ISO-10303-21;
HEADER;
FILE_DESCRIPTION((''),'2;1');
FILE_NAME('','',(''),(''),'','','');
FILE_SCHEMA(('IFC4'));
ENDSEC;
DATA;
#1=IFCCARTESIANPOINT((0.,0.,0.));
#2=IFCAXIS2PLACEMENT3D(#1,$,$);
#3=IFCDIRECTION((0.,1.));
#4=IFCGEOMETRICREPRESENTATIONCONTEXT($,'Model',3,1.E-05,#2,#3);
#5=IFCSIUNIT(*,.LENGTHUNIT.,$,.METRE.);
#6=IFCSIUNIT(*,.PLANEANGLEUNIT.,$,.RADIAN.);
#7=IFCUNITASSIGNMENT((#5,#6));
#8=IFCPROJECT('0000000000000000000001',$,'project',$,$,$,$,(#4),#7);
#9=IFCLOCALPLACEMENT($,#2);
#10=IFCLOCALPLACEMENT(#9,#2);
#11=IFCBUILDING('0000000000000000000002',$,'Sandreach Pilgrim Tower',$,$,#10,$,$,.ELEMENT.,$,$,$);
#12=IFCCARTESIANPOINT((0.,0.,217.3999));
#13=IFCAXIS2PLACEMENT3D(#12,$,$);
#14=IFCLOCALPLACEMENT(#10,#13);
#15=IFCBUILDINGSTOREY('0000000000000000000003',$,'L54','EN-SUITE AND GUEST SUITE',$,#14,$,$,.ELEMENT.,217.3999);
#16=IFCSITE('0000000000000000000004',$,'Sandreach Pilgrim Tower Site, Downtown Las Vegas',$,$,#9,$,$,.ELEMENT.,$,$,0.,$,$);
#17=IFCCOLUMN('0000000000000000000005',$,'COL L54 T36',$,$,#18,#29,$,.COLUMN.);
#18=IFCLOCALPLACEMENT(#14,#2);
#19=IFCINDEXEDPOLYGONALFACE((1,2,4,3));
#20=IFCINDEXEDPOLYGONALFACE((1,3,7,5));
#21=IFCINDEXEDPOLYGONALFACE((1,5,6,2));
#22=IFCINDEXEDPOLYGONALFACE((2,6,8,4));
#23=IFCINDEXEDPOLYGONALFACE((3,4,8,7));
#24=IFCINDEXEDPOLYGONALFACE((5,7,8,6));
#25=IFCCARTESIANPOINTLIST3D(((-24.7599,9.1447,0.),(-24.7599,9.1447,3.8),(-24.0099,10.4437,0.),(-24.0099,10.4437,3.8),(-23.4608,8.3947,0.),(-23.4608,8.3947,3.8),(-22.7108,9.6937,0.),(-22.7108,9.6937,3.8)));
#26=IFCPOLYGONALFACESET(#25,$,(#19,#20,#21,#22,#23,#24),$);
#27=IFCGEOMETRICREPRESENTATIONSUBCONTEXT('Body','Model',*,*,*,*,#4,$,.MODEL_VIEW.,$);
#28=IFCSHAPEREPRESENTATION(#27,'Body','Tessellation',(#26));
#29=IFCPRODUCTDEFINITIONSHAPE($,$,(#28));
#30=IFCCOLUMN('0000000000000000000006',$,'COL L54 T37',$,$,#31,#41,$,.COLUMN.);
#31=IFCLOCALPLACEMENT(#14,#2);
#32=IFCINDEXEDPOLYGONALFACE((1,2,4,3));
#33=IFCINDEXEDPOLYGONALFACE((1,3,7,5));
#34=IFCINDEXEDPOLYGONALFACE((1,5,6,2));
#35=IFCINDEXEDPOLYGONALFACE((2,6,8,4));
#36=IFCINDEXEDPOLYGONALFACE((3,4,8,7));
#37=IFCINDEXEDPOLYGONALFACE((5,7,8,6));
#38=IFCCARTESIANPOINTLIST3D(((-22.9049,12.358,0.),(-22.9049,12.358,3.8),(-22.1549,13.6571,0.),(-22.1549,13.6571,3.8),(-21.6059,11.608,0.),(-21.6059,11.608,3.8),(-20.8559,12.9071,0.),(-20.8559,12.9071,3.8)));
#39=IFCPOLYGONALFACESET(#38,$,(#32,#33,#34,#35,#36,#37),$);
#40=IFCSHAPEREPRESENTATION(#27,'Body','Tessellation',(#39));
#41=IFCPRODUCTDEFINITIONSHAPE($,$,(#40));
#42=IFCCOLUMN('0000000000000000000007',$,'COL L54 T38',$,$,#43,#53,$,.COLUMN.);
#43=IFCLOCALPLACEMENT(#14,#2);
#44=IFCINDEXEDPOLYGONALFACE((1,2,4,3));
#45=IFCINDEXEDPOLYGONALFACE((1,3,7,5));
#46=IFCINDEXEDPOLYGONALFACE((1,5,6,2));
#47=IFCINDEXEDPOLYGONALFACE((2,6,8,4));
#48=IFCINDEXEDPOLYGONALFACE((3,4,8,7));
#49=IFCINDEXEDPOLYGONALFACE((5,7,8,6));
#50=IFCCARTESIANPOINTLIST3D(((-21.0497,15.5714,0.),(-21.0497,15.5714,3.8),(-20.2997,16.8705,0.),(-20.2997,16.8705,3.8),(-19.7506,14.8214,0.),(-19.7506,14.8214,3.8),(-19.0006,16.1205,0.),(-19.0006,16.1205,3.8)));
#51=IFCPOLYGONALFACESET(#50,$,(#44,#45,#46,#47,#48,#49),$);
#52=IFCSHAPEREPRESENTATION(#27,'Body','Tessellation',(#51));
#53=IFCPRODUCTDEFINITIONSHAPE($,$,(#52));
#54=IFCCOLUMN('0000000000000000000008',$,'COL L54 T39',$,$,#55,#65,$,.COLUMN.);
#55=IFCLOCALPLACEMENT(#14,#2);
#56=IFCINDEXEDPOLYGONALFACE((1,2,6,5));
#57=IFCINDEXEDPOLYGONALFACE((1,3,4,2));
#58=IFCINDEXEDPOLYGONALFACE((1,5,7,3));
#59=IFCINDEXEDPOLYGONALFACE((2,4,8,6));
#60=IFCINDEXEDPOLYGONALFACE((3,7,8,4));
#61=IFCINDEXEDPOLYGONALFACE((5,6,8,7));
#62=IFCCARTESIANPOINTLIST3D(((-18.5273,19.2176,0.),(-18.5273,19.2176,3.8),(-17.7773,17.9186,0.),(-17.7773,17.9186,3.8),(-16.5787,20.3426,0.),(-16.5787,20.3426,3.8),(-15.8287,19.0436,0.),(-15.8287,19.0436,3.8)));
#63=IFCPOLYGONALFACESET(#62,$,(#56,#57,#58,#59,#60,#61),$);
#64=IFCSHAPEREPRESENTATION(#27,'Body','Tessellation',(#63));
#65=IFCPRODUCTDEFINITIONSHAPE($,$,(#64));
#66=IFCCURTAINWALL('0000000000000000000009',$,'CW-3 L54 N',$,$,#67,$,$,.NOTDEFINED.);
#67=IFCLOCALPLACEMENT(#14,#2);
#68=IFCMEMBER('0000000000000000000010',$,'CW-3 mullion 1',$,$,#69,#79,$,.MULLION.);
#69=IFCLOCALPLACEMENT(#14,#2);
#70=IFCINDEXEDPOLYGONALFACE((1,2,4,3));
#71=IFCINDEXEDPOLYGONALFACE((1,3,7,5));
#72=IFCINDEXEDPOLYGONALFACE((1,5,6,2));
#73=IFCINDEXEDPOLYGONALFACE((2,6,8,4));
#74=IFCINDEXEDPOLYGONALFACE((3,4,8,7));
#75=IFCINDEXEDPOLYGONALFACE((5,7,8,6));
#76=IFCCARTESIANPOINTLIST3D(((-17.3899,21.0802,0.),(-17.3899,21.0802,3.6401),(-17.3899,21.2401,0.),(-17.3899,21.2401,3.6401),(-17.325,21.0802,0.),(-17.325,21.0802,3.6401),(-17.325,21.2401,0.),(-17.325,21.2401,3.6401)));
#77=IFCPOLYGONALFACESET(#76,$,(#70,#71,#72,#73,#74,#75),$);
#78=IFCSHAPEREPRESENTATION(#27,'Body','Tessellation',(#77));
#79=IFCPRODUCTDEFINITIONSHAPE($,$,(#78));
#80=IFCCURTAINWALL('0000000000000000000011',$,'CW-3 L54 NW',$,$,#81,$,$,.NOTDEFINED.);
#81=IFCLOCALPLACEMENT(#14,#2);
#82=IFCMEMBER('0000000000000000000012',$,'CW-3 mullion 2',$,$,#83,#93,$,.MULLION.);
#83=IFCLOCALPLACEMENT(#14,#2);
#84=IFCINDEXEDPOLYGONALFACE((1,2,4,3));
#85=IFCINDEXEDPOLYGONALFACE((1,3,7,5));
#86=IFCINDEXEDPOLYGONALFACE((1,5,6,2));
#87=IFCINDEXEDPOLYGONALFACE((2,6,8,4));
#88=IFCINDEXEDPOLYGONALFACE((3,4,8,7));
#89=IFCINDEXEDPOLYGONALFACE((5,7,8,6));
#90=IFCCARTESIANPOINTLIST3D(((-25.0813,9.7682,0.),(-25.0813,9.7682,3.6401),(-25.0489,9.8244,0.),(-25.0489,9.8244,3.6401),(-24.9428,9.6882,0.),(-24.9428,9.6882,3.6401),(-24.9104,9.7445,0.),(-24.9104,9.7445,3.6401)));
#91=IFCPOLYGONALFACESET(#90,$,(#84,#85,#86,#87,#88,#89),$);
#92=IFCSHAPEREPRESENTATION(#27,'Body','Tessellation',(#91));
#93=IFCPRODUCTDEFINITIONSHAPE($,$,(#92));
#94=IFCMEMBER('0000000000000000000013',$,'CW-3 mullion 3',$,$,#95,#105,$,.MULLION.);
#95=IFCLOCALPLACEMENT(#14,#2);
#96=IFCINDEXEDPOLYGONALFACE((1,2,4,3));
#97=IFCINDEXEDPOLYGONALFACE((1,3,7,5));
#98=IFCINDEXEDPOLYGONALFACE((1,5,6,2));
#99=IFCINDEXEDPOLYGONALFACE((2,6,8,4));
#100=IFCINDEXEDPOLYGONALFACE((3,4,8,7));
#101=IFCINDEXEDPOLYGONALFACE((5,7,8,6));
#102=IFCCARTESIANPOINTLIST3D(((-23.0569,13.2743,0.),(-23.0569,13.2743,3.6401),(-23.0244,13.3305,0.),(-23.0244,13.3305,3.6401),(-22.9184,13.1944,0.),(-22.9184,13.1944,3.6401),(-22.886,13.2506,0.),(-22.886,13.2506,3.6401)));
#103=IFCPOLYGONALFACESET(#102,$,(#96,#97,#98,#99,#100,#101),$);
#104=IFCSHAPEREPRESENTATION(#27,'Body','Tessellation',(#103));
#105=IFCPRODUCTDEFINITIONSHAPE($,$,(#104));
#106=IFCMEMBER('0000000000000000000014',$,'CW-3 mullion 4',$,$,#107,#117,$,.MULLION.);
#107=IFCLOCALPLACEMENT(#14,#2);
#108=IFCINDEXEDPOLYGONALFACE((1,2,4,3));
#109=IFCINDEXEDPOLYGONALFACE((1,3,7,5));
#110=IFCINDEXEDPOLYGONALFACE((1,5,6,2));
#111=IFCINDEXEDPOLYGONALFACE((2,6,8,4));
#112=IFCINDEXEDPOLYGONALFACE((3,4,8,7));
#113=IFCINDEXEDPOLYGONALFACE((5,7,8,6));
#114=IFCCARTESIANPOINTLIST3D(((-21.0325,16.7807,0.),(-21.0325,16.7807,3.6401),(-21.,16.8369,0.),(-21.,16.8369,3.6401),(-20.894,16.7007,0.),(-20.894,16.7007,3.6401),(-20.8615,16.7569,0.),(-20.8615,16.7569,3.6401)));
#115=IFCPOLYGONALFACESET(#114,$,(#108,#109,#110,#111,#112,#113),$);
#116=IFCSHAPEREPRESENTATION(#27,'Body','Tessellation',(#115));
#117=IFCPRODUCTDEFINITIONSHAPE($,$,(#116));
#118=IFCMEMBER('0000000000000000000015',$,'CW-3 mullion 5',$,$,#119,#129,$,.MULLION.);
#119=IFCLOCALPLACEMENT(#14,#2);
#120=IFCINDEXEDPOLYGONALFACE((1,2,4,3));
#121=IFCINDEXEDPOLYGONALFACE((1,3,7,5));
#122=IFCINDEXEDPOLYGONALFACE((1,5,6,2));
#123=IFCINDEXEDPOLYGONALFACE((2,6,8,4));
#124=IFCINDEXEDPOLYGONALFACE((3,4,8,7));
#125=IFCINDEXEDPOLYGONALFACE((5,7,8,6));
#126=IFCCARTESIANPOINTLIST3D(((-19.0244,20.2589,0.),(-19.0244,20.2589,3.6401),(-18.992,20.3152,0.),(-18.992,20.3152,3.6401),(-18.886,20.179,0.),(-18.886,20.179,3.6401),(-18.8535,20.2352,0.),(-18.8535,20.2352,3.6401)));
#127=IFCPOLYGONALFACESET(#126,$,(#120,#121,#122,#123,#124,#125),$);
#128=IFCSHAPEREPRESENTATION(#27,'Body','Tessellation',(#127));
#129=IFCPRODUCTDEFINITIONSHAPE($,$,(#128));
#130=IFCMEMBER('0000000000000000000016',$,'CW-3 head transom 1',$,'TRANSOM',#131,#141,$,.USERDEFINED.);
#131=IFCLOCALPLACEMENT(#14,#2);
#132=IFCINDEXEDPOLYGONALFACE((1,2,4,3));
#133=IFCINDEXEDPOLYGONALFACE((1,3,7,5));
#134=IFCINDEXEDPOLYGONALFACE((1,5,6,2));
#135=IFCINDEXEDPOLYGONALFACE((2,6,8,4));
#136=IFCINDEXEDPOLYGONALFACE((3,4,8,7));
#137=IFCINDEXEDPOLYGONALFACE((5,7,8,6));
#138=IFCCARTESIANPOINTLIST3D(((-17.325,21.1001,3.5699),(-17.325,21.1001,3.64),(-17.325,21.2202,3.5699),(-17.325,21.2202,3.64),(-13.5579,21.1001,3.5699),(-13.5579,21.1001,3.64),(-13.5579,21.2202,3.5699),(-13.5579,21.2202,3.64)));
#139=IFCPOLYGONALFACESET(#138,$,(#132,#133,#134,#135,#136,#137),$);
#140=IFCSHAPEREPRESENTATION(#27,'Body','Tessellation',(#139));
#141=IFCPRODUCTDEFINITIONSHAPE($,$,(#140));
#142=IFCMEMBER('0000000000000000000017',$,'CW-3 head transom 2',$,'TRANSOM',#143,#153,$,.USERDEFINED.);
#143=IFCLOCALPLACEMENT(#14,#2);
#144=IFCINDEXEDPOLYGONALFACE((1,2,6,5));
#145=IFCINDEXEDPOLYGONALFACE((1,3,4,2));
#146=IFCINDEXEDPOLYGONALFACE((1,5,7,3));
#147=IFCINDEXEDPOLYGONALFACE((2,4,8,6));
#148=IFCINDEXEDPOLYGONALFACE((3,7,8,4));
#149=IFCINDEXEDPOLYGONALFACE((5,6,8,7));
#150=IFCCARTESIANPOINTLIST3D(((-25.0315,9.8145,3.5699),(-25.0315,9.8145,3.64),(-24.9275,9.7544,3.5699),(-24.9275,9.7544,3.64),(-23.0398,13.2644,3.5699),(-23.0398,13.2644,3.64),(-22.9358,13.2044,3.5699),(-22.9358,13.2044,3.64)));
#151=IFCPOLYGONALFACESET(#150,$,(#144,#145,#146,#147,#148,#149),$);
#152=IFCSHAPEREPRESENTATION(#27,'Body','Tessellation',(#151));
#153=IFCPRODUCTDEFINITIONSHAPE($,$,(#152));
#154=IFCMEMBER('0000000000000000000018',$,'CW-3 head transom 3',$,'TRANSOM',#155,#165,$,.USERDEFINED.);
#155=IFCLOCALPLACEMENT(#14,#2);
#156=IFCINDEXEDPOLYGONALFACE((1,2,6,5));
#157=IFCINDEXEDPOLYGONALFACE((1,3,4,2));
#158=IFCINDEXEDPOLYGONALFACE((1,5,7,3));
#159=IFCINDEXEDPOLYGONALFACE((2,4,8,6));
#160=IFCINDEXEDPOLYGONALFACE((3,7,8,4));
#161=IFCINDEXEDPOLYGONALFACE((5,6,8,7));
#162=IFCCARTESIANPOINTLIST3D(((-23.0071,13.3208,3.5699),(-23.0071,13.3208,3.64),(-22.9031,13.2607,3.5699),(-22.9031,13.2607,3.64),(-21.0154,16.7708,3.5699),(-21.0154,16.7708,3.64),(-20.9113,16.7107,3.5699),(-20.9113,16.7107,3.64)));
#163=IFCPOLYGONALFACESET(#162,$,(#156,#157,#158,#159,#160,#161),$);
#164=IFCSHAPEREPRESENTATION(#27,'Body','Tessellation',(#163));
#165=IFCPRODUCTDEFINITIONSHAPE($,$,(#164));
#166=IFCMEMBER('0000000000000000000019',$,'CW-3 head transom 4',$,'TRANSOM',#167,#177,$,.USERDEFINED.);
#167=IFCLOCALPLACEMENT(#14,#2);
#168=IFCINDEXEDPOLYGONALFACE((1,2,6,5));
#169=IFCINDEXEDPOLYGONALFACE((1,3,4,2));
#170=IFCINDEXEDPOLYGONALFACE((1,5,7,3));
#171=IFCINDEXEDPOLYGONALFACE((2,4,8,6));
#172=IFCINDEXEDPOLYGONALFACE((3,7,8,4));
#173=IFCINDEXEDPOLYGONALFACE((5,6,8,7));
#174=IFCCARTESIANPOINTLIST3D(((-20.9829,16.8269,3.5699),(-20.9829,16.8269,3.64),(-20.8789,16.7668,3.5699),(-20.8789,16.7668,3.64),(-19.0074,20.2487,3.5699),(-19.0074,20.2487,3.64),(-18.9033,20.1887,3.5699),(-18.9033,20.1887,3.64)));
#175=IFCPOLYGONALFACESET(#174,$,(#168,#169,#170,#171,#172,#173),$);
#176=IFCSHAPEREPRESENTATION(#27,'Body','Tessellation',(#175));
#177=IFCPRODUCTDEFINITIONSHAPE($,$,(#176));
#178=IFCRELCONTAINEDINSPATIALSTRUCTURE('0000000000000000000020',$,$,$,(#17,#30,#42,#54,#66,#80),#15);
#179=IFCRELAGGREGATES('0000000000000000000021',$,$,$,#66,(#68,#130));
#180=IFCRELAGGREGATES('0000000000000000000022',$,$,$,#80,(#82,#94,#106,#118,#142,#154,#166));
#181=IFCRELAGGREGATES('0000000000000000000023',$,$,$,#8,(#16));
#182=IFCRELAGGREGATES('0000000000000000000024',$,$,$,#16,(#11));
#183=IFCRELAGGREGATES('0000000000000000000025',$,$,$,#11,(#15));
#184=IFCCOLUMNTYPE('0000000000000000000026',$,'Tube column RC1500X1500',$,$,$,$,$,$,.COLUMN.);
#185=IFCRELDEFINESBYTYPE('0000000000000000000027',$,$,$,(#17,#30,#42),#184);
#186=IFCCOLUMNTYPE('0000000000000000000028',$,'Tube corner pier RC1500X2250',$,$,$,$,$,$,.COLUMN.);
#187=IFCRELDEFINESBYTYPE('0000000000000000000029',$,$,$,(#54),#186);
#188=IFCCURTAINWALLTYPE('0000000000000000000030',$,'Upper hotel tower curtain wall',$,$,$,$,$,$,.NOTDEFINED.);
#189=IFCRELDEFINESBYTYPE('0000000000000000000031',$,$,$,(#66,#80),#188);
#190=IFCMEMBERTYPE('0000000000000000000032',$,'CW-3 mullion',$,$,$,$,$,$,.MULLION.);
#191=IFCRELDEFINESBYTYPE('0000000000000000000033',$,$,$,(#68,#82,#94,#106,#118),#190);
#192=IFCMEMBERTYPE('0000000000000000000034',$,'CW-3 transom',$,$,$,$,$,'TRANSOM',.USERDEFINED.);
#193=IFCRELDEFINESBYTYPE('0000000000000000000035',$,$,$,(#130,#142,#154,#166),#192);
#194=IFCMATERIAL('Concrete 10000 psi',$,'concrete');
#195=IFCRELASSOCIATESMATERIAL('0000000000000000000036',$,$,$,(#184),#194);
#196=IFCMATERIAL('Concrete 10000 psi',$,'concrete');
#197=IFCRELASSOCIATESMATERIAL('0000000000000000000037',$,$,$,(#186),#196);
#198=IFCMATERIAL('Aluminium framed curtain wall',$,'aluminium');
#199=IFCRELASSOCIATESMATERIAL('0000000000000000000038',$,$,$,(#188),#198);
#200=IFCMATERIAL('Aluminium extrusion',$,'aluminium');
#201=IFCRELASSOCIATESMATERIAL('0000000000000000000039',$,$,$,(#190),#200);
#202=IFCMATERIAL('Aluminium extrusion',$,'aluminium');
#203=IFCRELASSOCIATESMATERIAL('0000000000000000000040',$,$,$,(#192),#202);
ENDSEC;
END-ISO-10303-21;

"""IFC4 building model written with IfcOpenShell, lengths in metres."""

from ifc_helpers import new_model, si_unit, direction, frame, origin, origin_2d, place, context, subcontext, project, spatial, rectangle, extrude, material, material_profile, profile_set, type_object, element, aggregate, save


model = new_model("IFC4")

# Units and contexts
model_context = context("Model", 3, precision=1e-05, world=origin(), true_north=direction((0.0, 1.0)))
body_context = subcontext(model_context, "Body", "Model", "MODEL_VIEW")
ifc_project = project(units=[si_unit("LENGTHUNIT", "METRE"), si_unit("PLANEANGLEUNIT", "RADIAN")], contexts=[model_context])

# Site, building, storey
site_placement = place(None, origin())
site = spatial("IfcSite", under=ifc_project, at=site_placement, Name="Sandreach Pilgrim Tower Site, Downtown Las Vegas", CompositionType="ELEMENT", RefElevation=0.0)
building_placement = place(site_placement, origin())
building = spatial("IfcBuilding", under=site, at=building_placement, Name="Sandreach Pilgrim Tower", CompositionType="ELEMENT")
storey_placement = place(building_placement, frame((0.0, 0.0, 217.3999)))
storey = spatial("IfcBuildingStorey", under=building, at=storey_placement, Name="L54", Description="EN-SUITE AND GUEST SUITE", CompositionType="ELEMENT", Elevation=217.3999)

# Columns
ifc_material_1 = material(Name="Concrete 10000 psi", Category="concrete")
ifc_material_profile_1 = material_profile(ifc_material_1, rectangle(XDim=1.5, YDim=1.5, at=origin_2d()), Name="RC1500X1500")
ifc_profile_set_1 = profile_set([ifc_material_profile_1], Name="Concrete 10000 psi")
column_type_1 = type_object("IfcColumnType", Name="Tube column RC1500X1500", PredefinedType="COLUMN", material=ifc_profile_set_1)
for number, where, z_axis, x_axis, name in (
    (1, (-23.7354, 9.4192, 0.0), (0.0, 0.0, 1.0), (-0.866025, 0.5, 0.0), "COL L54 T36"),
    (2, (-21.8804, 12.6326, 0.0), (0.0, 0.0, 1.0), (-0.866025, 0.5, 0.0), "COL L54 T37"),
    (3, (-20.0251, 15.8459, 0.0), (0.0, 0.0, 1.0), (-0.866025, 0.5, 0.0), "COL L54 T38"),
):
    element("IfcColumn", number, at=place(storey_placement, frame(where, z_axis=z_axis, x_axis=x_axis)), inside=storey, type_object=column_type_1, Name=name, PredefinedType="COLUMN", context=body_context, shape_type="SweptSolid", body=[
        extrude(rectangle(XDim=1.5, YDim=1.5, at=origin_2d()), origin(), (0.0, 0.0, 1.0), 3.8),
    ])
ifc_material_2 = material(Name="Concrete 10000 psi", Category="concrete")
ifc_material_profile_2 = material_profile(ifc_material_2, rectangle(XDim=1.5, YDim=2.25, at=origin_2d()), Name="RC1500X2250")
ifc_profile_set_2 = profile_set([ifc_material_profile_2], Name="Concrete 10000 psi")
column_type_2 = type_object("IfcColumnType", Name="Tube corner pier RC1500X2250", PredefinedType="COLUMN", material=ifc_profile_set_2)
column_placement = place(storey_placement, frame((-17.178, 19.1306, 0.0), z_axis=(0.0, 0.0, 1.0), x_axis=(-0.5, 0.866025, 0.0)))
element("IfcColumn", 4, at=column_placement, inside=storey, type_object=column_type_2, Name="COL L54 T39", PredefinedType="COLUMN", context=body_context, shape_type="SweptSolid", body=[
    extrude(rectangle(XDim=1.5, YDim=2.25, at=origin_2d()), origin(), (0.0, 0.0, 1.0), 3.8),
])

# Curtain wall, member
ifc_material_3 = material(Name="Aluminium framed curtain wall", Category="aluminium")
curtain_wall_type = type_object("IfcCurtainWallType", Name="Upper hotel tower curtain wall", PredefinedType="NOTDEFINED", material=ifc_material_3)
curtain_wall_1_placement = place(storey_placement, origin())
curtain_wall_1 = element("IfcCurtainWall", 5, at=curtain_wall_1_placement, inside=storey, type_object=curtain_wall_type, Name="CW-3 L54 N", PredefinedType="NOTDEFINED")
ifc_material_4 = material(Name="Aluminium extrusion", Category="aluminium")
ifc_material_profile_3 = material_profile(ifc_material_4, rectangle(XDim=0.0649, YDim=0.1599, at=origin_2d()), Name="CW-3M 65X160")
ifc_profile_set_3 = profile_set([ifc_material_profile_3], Name="Aluminium extrusion")
member_type_1 = type_object("IfcMemberType", Name="CW-3 mullion", PredefinedType="MULLION", material=ifc_profile_set_3)
member_1_placement = place(storey_placement, frame((-17.3574, 21.1602, 0.0), z_axis=(0.0, 0.0, 1.0), x_axis=(1.0, 0.0, 0.0)))
member_1 = element("IfcMember", 6, at=member_1_placement, type_object=member_type_1, Name="CW-3 mullion 1", PredefinedType="MULLION", context=body_context, shape_type="SweptSolid", body=[
    extrude(rectangle(XDim=0.0649, YDim=0.1599, at=origin_2d()), origin(), (0.0, 0.0, 1.0), 3.6401),
])

# Curtain wall, members
curtain_wall_2_placement = place(storey_placement, origin())
curtain_wall_2 = element("IfcCurtainWall", 7, at=curtain_wall_2_placement, inside=storey, type_object=curtain_wall_type, Name="CW-3 L54 NW", PredefinedType="NOTDEFINED")
member_2_placement = place(storey_placement, frame((-24.9958, 9.7563, 0.0), z_axis=(0.0, 0.0, 1.0), x_axis=(0.5, 0.866025, 0.0)))
member_2 = element("IfcMember", 8, at=member_2_placement, type_object=member_type_1, Name="CW-3 mullion 2", PredefinedType="MULLION", context=body_context, shape_type="SweptSolid", body=[
    extrude(rectangle(XDim=0.0649, YDim=0.1599, at=origin_2d()), origin(), (0.0, 0.0, 1.0), 3.6401),
])
member_3_placement = place(storey_placement, frame((-22.9714, 13.2625, 0.0), z_axis=(0.0, 0.0, 1.0), x_axis=(0.5, 0.866025, 0.0)))
member_3 = element("IfcMember", 9, at=member_3_placement, type_object=member_type_1, Name="CW-3 mullion 3", PredefinedType="MULLION", context=body_context, shape_type="SweptSolid", body=[
    extrude(rectangle(XDim=0.0649, YDim=0.1599, at=origin_2d()), origin(), (0.0, 0.0, 1.0), 3.6401),
])
member_4_placement = place(storey_placement, frame((-20.947, 16.7688, 0.0), z_axis=(0.0, 0.0, 1.0), x_axis=(0.5, 0.866025, 0.0)))
member_4 = element("IfcMember", 10, at=member_4_placement, type_object=member_type_1, Name="CW-3 mullion 4", PredefinedType="MULLION", context=body_context, shape_type="SweptSolid", body=[
    extrude(rectangle(XDim=0.0649, YDim=0.1599, at=origin_2d()), origin(), (0.0, 0.0, 1.0), 3.6401),
])
member_5_placement = place(storey_placement, frame((-18.939, 20.2471, 0.0), z_axis=(0.0, 0.0, 1.0), x_axis=(0.5, 0.866025, 0.0)))
member_5 = element("IfcMember", 11, at=member_5_placement, type_object=member_type_1, Name="CW-3 mullion 5", PredefinedType="MULLION", context=body_context, shape_type="SweptSolid", body=[
    extrude(rectangle(XDim=0.0649, YDim=0.1599, at=origin_2d()), origin(), (0.0, 0.0, 1.0), 3.6401),
])

# Members
ifc_material_5 = material(Name="Aluminium extrusion", Category="aluminium")
ifc_material_profile_4 = material_profile(ifc_material_5, rectangle(XDim=0.1201, YDim=0.0701, at=origin_2d()), Name="CW-3T 120X70")
ifc_profile_set_4 = profile_set([ifc_material_profile_4], Name="Aluminium extrusion")
member_type_2 = type_object("IfcMemberType", Name="CW-3 transom", ElementType="TRANSOM", PredefinedType="USERDEFINED", material=ifc_profile_set_4)
member_6_placement = place(storey_placement, frame((-17.325, 21.1602, 3.605), z_axis=(1.0, 0.0, 0.0), x_axis=(0.0, 1.0, 0.0)))
member_6 = element("IfcMember", 12, at=member_6_placement, type_object=member_type_2, Name="CW-3 head transom 1", ObjectType="TRANSOM", PredefinedType="USERDEFINED", context=body_context, shape_type="SweptSolid", body=[
    extrude(rectangle(XDim=0.1201, YDim=0.0701, at=origin_2d()), origin(), (0.0, 0.0, 1.0), 3.7671),
])
member_7_placement = place(storey_placement, frame((-24.9795, 9.7844, 3.605), z_axis=(0.499975, 0.86604, 0.0), x_axis=(-0.86604, 0.499975, 0.0)))
member_7 = element("IfcMember", 13, at=member_7_placement, type_object=member_type_2, Name="CW-3 head transom 2", ObjectType="TRANSOM", PredefinedType="USERDEFINED", context=body_context, shape_type="SweptSolid", body=[
    extrude(rectangle(XDim=0.1201, YDim=0.0701, at=origin_2d()), origin(), (0.0, 0.0, 1.0), 3.9836),
])
member_8_placement = place(storey_placement, frame((-22.9551, 13.2908, 3.605), z_axis=(0.499975, 0.86604, 0.0), x_axis=(-0.86604, 0.499975, 0.0)))
member_8 = element("IfcMember", 14, at=member_8_placement, type_object=member_type_2, Name="CW-3 head transom 3", ObjectType="TRANSOM", PredefinedType="USERDEFINED", context=body_context, shape_type="SweptSolid", body=[
    extrude(rectangle(XDim=0.1201, YDim=0.0701, at=origin_2d()), origin(), (0.0, 0.0, 1.0), 3.9836),
])
member_9_placement = place(storey_placement, frame((-20.9309, 16.7969, 3.605), z_axis=(0.499993, 0.866029, 0.0), x_axis=(-0.866029, 0.499993, 0.0)))
member_9 = element("IfcMember", 15, at=member_9_placement, type_object=member_type_2, Name="CW-3 head transom 4", ObjectType="TRANSOM", PredefinedType="USERDEFINED", context=body_context, shape_type="SweptSolid", body=[
    extrude(rectangle(XDim=0.1201, YDim=0.0701, at=origin_2d()), origin(), (0.0, 0.0, 1.0), 3.9512),
])

aggregate(curtain_wall_1, [member_1, member_6])
aggregate(curtain_wall_2, [member_2, member_3, member_4, member_5, member_7, member_8, member_9])

save(model, "model.ifc")
